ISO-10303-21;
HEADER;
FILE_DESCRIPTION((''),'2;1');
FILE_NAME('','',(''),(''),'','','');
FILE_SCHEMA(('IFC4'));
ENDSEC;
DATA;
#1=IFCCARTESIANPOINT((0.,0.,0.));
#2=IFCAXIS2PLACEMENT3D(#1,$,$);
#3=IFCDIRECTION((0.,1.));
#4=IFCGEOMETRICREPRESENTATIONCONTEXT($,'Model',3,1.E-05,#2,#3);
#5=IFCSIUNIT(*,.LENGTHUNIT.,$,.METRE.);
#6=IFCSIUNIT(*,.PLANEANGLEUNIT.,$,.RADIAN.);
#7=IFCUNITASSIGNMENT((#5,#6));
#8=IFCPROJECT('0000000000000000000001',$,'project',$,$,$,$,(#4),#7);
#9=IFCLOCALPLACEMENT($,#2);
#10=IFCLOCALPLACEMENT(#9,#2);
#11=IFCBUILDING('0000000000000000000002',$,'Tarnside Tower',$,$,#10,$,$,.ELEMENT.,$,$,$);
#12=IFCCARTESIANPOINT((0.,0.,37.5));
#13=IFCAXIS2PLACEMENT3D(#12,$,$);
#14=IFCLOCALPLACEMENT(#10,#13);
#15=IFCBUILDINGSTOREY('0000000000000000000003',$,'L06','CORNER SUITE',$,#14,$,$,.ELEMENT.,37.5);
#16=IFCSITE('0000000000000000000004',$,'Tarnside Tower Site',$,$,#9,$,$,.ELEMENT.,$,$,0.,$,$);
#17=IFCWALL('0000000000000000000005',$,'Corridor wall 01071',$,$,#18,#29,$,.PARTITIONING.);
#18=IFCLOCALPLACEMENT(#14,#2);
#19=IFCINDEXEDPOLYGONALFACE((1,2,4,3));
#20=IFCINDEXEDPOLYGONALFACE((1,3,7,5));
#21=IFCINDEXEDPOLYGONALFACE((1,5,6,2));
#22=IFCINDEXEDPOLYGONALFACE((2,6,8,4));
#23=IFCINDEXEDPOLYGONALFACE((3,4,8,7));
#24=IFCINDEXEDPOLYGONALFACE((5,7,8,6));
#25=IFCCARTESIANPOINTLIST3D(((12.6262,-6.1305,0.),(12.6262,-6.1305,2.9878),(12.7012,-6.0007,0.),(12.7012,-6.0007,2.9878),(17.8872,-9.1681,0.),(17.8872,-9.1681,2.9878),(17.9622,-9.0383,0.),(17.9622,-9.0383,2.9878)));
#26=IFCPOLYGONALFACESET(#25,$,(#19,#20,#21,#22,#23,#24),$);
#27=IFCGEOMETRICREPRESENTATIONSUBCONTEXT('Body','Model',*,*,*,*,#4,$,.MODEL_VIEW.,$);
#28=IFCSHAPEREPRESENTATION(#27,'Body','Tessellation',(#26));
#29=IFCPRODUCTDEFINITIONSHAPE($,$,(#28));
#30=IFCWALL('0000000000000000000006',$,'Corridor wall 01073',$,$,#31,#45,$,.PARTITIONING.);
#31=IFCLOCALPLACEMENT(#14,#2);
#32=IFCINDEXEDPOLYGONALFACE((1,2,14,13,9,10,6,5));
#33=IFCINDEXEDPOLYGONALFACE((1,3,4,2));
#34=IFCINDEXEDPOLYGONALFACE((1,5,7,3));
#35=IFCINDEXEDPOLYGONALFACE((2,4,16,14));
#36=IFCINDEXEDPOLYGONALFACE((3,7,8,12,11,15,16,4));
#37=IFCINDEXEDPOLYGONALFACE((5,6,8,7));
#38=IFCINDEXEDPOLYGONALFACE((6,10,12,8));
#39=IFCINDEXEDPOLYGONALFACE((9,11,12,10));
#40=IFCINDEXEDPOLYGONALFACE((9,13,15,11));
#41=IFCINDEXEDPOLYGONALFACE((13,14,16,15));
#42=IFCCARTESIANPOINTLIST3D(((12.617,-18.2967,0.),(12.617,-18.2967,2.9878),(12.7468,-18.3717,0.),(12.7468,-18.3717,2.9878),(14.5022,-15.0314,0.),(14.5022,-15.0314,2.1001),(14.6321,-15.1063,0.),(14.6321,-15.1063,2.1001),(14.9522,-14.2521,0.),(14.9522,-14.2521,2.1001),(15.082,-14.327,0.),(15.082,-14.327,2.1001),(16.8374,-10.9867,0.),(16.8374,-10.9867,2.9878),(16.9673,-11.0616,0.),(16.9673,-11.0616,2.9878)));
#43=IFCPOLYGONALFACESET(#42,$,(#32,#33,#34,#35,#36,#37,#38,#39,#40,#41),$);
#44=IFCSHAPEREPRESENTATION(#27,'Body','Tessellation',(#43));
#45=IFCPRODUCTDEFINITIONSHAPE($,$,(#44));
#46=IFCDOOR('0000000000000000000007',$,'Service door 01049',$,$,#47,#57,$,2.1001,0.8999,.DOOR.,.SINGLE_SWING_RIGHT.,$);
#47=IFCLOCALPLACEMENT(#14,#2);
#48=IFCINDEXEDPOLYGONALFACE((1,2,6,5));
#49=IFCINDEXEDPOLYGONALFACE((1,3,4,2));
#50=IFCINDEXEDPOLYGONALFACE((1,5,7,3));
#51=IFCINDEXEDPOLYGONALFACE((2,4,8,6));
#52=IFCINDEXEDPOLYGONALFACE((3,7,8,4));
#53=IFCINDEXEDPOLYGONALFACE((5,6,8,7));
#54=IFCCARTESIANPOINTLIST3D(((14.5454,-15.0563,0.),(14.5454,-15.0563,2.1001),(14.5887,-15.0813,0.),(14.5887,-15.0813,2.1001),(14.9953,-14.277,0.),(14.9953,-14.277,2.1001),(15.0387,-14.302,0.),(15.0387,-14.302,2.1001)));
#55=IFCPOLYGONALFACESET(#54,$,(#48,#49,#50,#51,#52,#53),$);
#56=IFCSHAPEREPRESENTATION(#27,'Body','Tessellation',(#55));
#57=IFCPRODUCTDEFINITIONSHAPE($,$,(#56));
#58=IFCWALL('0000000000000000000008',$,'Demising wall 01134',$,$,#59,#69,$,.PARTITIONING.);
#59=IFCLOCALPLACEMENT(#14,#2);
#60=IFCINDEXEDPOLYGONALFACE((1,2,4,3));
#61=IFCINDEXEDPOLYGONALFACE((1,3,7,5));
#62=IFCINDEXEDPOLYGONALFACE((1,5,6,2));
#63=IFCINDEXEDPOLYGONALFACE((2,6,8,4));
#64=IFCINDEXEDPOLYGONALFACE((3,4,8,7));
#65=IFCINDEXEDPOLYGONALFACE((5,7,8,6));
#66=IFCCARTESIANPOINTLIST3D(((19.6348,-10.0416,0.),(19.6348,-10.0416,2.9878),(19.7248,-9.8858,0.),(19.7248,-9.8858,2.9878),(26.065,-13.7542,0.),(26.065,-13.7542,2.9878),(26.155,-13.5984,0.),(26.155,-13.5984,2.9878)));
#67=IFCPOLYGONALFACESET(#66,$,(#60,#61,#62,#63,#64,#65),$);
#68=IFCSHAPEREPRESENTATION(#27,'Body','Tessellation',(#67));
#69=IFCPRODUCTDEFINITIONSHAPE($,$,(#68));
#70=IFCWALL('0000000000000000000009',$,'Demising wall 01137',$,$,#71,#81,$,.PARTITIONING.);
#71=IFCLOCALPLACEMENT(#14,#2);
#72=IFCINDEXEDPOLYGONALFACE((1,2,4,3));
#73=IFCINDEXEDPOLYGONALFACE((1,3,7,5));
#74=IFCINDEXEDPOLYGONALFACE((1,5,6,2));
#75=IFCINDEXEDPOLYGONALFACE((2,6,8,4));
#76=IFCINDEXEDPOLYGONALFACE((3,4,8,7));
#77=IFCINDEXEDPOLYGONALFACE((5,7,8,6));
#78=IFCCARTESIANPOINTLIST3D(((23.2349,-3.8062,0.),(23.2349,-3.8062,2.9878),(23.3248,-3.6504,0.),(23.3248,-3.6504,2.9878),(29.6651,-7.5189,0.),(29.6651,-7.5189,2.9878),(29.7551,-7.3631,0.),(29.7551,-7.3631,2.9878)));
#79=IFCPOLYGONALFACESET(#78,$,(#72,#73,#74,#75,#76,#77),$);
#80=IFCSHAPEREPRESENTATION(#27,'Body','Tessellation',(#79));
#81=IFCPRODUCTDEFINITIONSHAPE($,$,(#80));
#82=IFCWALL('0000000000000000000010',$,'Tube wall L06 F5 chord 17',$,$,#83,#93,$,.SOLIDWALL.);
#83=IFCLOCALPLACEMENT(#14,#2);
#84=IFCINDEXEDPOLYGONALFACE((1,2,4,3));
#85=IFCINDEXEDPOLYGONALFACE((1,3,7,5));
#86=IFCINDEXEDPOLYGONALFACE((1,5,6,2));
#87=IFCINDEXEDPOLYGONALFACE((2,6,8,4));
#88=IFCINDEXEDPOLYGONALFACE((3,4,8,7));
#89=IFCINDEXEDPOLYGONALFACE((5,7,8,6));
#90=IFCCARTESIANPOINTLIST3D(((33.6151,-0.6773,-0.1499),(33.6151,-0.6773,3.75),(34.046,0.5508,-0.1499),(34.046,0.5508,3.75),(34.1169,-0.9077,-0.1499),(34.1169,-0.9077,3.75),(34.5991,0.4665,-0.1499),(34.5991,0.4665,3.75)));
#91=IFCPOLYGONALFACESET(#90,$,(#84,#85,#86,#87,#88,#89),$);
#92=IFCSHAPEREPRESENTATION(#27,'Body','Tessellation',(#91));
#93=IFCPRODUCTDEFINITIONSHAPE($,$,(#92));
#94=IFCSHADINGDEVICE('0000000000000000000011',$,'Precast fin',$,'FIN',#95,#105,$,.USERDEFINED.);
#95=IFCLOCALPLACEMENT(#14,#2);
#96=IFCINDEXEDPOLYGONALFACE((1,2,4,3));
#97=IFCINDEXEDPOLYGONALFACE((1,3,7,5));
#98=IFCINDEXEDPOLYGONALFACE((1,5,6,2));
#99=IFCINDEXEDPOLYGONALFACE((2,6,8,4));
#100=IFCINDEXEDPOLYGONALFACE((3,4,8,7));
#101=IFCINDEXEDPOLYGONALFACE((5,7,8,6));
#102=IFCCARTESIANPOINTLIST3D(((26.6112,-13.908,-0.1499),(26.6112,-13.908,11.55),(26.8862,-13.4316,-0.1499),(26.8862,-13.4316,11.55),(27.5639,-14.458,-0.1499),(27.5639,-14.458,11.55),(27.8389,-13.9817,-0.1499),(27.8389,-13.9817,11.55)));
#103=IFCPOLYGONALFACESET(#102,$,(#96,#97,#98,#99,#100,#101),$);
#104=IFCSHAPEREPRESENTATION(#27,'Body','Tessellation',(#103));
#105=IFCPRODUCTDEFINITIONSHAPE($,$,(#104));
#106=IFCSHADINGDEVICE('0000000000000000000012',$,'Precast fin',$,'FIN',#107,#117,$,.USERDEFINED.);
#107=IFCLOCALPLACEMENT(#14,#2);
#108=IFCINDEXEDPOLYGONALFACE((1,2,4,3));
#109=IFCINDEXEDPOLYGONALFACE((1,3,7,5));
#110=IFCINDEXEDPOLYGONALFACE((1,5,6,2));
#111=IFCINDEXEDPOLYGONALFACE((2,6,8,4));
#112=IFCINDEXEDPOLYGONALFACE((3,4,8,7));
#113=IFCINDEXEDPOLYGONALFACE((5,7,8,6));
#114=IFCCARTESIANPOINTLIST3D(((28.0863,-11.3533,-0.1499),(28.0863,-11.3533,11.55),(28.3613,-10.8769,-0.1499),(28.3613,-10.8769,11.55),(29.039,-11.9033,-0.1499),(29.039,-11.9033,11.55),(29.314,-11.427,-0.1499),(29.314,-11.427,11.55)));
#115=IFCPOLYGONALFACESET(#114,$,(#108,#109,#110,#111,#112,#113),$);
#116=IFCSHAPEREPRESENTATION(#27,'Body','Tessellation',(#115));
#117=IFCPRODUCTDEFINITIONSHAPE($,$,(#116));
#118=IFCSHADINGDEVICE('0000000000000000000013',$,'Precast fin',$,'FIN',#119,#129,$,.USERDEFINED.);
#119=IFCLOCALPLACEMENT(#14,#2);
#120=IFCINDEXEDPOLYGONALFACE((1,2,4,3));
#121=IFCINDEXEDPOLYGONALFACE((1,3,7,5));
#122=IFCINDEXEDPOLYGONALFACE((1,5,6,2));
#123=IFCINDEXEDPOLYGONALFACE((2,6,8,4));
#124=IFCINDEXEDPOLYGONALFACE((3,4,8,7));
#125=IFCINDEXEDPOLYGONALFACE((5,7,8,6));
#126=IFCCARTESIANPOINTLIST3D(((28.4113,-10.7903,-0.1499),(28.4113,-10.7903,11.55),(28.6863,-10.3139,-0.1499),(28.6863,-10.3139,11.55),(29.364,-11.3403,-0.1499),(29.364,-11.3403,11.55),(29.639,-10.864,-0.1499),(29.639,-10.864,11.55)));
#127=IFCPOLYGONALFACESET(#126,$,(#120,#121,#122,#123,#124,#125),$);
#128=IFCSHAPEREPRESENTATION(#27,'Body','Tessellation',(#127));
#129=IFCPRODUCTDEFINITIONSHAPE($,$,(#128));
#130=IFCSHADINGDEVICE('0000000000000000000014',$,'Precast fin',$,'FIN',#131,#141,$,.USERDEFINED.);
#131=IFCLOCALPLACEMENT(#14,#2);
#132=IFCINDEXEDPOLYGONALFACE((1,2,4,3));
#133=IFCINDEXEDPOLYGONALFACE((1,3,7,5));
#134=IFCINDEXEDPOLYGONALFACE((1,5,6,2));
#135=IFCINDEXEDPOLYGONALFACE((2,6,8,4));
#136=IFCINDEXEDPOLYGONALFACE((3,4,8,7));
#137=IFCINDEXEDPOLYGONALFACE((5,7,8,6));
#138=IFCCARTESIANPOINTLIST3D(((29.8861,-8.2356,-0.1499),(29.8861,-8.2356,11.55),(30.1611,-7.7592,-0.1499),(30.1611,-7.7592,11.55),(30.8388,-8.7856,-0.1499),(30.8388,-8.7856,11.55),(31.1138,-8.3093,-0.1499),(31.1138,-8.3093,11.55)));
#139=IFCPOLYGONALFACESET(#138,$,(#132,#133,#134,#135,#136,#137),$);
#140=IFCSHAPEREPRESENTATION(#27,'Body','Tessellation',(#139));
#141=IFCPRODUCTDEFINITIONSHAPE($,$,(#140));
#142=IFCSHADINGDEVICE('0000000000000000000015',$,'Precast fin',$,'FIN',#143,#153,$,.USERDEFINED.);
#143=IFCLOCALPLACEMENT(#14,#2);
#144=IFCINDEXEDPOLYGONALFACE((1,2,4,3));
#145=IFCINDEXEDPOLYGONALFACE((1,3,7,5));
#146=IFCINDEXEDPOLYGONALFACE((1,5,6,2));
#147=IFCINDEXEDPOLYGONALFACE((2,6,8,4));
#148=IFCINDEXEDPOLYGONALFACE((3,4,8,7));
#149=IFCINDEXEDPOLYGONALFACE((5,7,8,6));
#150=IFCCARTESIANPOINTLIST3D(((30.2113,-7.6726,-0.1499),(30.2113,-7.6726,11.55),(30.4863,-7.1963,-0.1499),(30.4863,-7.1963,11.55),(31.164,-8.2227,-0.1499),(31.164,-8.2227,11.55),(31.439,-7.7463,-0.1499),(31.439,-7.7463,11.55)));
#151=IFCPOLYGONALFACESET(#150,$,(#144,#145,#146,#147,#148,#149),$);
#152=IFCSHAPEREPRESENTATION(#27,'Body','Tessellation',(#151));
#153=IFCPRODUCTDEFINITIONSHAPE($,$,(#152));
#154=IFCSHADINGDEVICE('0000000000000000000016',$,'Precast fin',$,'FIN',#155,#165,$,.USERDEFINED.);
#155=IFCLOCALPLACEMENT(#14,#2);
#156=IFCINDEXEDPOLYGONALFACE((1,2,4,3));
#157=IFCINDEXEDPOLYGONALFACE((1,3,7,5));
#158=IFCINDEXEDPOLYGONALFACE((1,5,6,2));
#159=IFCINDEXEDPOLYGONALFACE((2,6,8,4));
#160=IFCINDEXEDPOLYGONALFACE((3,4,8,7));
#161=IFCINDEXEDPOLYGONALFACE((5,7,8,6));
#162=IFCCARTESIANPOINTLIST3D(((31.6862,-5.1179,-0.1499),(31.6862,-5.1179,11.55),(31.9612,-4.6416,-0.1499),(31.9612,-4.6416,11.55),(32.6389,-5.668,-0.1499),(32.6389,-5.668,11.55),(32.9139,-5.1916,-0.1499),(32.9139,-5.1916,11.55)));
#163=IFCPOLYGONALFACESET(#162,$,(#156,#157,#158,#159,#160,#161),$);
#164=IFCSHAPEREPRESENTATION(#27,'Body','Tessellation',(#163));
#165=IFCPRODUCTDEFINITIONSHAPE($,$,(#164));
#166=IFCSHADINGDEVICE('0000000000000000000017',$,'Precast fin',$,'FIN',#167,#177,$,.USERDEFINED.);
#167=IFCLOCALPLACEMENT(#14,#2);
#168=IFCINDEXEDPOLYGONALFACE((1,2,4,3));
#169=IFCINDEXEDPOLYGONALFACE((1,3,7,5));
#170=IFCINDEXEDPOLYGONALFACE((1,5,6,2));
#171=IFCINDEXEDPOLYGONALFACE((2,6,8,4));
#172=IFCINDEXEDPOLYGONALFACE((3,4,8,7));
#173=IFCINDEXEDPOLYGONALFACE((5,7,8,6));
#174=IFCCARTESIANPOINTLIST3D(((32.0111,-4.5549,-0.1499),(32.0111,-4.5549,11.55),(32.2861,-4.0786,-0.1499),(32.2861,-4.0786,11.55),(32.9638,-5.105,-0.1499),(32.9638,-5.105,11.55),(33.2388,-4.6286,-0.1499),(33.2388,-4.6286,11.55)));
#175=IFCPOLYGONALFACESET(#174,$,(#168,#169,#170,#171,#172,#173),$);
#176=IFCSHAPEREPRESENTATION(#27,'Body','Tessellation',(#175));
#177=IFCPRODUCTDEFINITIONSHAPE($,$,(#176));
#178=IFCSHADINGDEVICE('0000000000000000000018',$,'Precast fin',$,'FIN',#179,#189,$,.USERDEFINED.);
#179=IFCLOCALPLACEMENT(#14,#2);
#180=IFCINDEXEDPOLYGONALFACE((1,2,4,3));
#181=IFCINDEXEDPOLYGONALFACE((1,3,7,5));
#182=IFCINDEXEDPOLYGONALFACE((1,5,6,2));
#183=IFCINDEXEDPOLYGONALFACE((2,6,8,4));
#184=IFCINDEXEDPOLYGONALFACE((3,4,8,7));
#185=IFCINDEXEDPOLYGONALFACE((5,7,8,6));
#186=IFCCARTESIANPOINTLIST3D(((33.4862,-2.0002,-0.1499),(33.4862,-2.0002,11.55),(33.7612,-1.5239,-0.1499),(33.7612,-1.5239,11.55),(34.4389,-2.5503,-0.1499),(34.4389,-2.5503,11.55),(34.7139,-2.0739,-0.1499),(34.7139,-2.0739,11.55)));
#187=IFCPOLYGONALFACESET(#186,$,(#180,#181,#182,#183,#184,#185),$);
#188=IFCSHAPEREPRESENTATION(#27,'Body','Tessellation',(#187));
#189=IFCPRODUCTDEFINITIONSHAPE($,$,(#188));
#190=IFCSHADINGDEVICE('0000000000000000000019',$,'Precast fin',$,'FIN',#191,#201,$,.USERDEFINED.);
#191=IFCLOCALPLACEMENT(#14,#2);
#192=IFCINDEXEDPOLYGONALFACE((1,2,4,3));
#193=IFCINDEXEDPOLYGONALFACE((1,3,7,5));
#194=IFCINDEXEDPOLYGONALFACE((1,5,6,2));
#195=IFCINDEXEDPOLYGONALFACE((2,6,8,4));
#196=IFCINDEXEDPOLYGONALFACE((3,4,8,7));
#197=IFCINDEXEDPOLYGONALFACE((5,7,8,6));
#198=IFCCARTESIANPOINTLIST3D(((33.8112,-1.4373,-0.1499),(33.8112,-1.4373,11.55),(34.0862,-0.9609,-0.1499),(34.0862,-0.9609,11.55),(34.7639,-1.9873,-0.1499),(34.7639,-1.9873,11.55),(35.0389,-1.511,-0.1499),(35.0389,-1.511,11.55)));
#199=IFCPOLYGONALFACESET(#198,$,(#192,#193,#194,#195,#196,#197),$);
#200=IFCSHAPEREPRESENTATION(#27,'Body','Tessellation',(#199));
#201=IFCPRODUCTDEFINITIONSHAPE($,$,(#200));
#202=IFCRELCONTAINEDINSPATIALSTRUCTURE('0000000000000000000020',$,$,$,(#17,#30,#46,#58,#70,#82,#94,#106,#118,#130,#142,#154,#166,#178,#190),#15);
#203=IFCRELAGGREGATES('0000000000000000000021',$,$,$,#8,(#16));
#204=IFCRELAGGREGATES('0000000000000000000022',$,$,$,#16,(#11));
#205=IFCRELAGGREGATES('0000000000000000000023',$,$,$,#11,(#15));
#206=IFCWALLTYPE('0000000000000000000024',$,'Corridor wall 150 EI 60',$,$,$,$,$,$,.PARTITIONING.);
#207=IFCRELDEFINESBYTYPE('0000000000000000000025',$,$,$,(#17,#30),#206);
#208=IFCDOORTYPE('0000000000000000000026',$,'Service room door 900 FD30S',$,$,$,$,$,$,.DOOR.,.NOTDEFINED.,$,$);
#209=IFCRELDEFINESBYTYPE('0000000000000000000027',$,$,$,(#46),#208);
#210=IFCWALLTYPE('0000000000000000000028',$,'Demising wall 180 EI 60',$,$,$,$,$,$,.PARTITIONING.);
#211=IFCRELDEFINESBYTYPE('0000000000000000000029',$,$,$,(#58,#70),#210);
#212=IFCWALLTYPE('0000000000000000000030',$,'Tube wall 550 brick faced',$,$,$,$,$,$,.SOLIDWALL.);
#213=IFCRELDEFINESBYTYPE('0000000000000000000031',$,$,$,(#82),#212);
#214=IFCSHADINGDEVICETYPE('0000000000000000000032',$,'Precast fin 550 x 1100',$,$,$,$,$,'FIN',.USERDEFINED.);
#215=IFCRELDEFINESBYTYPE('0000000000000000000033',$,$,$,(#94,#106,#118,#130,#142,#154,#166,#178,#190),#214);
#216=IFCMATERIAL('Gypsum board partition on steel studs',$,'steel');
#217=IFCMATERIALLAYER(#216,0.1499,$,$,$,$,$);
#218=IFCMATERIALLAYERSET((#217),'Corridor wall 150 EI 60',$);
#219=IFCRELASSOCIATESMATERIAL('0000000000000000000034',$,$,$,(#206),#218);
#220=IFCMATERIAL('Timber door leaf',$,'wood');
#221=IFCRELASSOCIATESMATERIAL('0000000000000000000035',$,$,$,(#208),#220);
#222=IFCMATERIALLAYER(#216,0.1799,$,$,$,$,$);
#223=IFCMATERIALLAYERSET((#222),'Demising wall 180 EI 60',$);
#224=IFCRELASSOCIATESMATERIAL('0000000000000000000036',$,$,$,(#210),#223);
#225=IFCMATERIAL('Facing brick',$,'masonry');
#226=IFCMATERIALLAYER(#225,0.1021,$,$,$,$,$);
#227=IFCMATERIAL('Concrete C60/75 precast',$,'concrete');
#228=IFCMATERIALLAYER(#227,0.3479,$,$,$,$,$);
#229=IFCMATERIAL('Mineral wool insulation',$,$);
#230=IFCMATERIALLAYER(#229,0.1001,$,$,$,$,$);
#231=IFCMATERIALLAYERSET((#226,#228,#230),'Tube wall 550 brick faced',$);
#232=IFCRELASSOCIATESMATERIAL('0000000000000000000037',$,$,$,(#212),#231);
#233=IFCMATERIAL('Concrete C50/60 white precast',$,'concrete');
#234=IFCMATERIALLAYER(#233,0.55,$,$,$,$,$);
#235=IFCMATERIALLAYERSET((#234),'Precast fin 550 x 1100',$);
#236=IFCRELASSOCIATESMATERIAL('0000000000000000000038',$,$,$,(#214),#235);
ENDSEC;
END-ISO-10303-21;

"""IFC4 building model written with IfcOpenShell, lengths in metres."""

from ifc_helpers import new_model, si_unit, direction, frame, frame_2d, origin, place, context, subcontext, project, spatial, polyline, rectangle, outline, extrude, material, layer, layer_set, type_object, element, fill, save


model = new_model("IFC4")

# Units and contexts
model_context = context("Model", 3, precision=1e-05, world=origin(), true_north=direction((0.0, 1.0)))
body_context = subcontext(model_context, "Body", "Model", "MODEL_VIEW")
ifc_project = project(units=[si_unit("LENGTHUNIT", "METRE"), si_unit("PLANEANGLEUNIT", "RADIAN")], contexts=[model_context])

# Site, building, storey
site_placement = place(None, origin())
site = spatial("IfcSite", under=ifc_project, at=site_placement, Name="Tarnside Tower Site", CompositionType="ELEMENT", RefElevation=0.0)
building_placement = place(site_placement, origin())
building = spatial("IfcBuilding", under=site, at=building_placement, Name="Tarnside Tower", CompositionType="ELEMENT")
storey_placement = place(building_placement, frame((0.0, 0.0, 37.5)))
storey = spatial("IfcBuildingStorey", under=building, at=storey_placement, Name="L06", Description="CORNER SUITE", CompositionType="ELEMENT", Elevation=37.5)

# Shared definitions
ifc_material_1 = material(Name="Gypsum board partition on steel studs", Category="steel")
ifc_material_2 = material(Name="Timber door leaf", Category="wood")

# Wall
ifc_layer_1 = layer(ifc_material_1, 0.1499)
ifc_layer_set_1 = layer_set([ifc_layer_1], Name="Corridor wall 150 EI 60")
wall_type_1 = type_object("IfcWallType", Name="Corridor wall 150 EI 60", PredefinedType="PARTITIONING", material=ifc_layer_set_1)
wall_1_placement = place(storey_placement, frame((17.9248, -9.1033, 0.0), z_axis=(0.0, 0.0, 1.0), x_axis=(-0.866014, 0.50002, 0.0)))
element("IfcWall", 1, at=wall_1_placement, inside=storey, type_object=wall_type_1, Name="Corridor wall 01071", PredefinedType="PARTITIONING", context=body_context, shape_type="SweptSolid", body=[
    extrude(rectangle(XDim=6.075, YDim=0.1499, at=frame_2d((3.0376, 0.0))), origin(), (0.0, 0.0, 1.0), 2.9878),
])

# Wall, opening, door
wall_2_placement = place(storey_placement, frame((16.9023, -11.0242, 0.0), z_axis=(0.0, 0.0, 1.0), x_axis=(-0.5, -0.866026, 0.0)))
wall_2 = element("IfcWall", 2, at=wall_2_placement, inside=storey, type_object=wall_type_1, Name="Corridor wall 01073", PredefinedType="PARTITIONING", context=body_context, shape_type="SweptSolid", body=[
    extrude(rectangle(XDim=8.4409, YDim=0.1499, at=frame_2d((4.2205, 0.0))), origin(), (0.0, 0.0, 1.0), 2.9878),
])
opening_1_placement = place(wall_2_placement, frame((3.7705, 0.0, 0.0)))
opening_1 = element("IfcOpeningElement", 3, at=opening_1_placement, cuts=wall_2, PredefinedType="OPENING", context=body_context, shape_type="SweptSolid", body=[
    extrude(rectangle(XDim=0.8999, YDim=2.1001, at=frame_2d((0.45, 1.05))), frame((0.0, 0.085, 0.0), z_axis=(0.0, -1.0, 0.0), x_axis=(1.0, 0.0, 0.0)), (0.0, 0.0, 1.0), 0.1699),
])
door_type_1 = type_object("IfcDoorType", Name="Service room door 900 FD30S", OperationType="NOTDEFINED", PredefinedType="DOOR", material=ifc_material_2)
door_1_placement = place(opening_1_placement, origin())
door_1 = element("IfcDoor", 4, at=door_1_placement, inside=storey, type_object=door_type_1, Name="Service door 01049", OperationType="SINGLE_SWING_RIGHT", OverallHeight=2.1001, OverallWidth=0.8999, PredefinedType="DOOR", context=body_context, shape_type="SweptSolid", body=[
    extrude(rectangle(XDim=0.8999, YDim=2.1001, at=frame_2d((0.45, 1.05))), frame((0.0, 0.0249, 0.0), z_axis=(0.0, -1.0, 0.0), x_axis=(1.0, 0.0, 0.0)), (0.0, 0.0, 1.0), 0.05),
])
fill(opening_1, door_1)

# Walls
ifc_layer_2 = layer(ifc_material_1, 0.1799)
ifc_layer_set_2 = layer_set([ifc_layer_2], Name="Demising wall 180 EI 60")
wall_type_2 = type_object("IfcWallType", Name="Demising wall 180 EI 60", PredefinedType="PARTITIONING", material=ifc_layer_set_2)
for number, where, z_axis, x_axis, name in (
    (5, (26.1099, -13.6763, 0.0), (0.0, 0.0, 1.0), (-0.866015, 0.500018, 0.0), "Demising wall 01134"),
    (6, (29.71, -7.4409, 0.0), (0.0, 0.0, 1.0), (-0.866015, 0.500018, 0.0), "Demising wall 01137"),
):
    element("IfcWall", number, at=place(storey_placement, frame(where, z_axis=z_axis, x_axis=x_axis)), inside=storey, type_object=wall_type_2, Name=name, PredefinedType="PARTITIONING", context=body_context, shape_type="SweptSolid", body=[
        extrude(rectangle(XDim=7.425, YDim=0.1799, at=frame_2d((3.7124, 0.0))), origin(), (0.0, 0.0, 1.0), 2.9878),
    ])
ifc_material_3 = material(Name="Facing brick", Category="masonry")
ifc_layer_3 = layer(ifc_material_3, 0.1021)
ifc_material_4 = material(Name="Concrete C60/75 precast", Category="concrete")
ifc_layer_4 = layer(ifc_material_4, 0.3479)
ifc_material_5 = material(Name="Mineral wool insulation")
ifc_layer_5 = layer(ifc_material_5, 0.1001)
ifc_layer_set_3 = layer_set([ifc_layer_3, ifc_layer_4, ifc_layer_5], Name="Tube wall 550 brick faced")
wall_type_3 = type_object("IfcWallType", Name="Tube wall 550 brick faced", PredefinedType="SOLIDWALL", material=ifc_layer_set_3)
wall_3_placement = place(storey_placement, frame((33.866, -0.7925, -0.1499), z_axis=(0.0, 0.0, 1.0), x_axis=(0.331115, 0.94359, 0.0)))
element("IfcWall", 7, at=wall_3_placement, inside=storey, type_object=wall_type_3, Name="Tube wall L06 F5 chord 17", PredefinedType="SOLIDWALL", context=body_context, shape_type="SweptSolid", body=[
    extrude(outline(polyline([(-0.0256, -0.2749), (1.4307, -0.2749), (1.3271, 0.2749), (0.0256, 0.2749), (-0.0256, -0.2749)])), origin(), (0.0, 0.0, 1.0), 3.8999),
])

# Shading devices
ifc_material_6 = material(Name="Concrete C50/60 white precast", Category="concrete")
ifc_layer_6 = layer(ifc_material_6, 0.55)
ifc_layer_set_4 = layer_set([ifc_layer_6], Name="Precast fin 550 x 1100")
shading_device_type_1 = type_object("IfcShadingDeviceType", Name="Precast fin 550 x 1100", ElementType="FIN", PredefinedType="USERDEFINED", material=ifc_layer_set_4)
for number, where, z_axis, x_axis, name in (
    (8, (26.7488, -13.6697, -0.1499), (-0.5, -0.866025, 0.0), (0.866025, -0.5, 0.0), "Precast fin"),
    (9, (28.2239, -11.115, -0.1499), (-0.5, -0.866025, 0.0), (0.866025, -0.5, 0.0), "Precast fin"),
    (10, (28.5488, -10.552, -0.1499), (-0.5, -0.866025, 0.0), (0.866025, -0.5, 0.0), "Precast fin"),
    (11, (30.0237, -7.9973, -0.1499), (-0.5, -0.866025, 0.0), (0.866025, -0.5, 0.0), "Precast fin"),
    (12, (30.3489, -7.4343, -0.1499), (-0.5, -0.866025, 0.0), (0.866025, -0.5, 0.0), "Precast fin"),
    (13, (31.8237, -4.8796, -0.1499), (-0.5, -0.866025, 0.0), (0.866025, -0.5, 0.0), "Precast fin"),
    (14, (32.1487, -4.3167, -0.1499), (-0.5, -0.866025, 0.0), (0.866025, -0.5, 0.0), "Precast fin"),
    (15, (33.6238, -1.762, -0.1499), (-0.5, -0.866025, 0.0), (0.866025, -0.5, 0.0), "Precast fin"),
    (16, (33.9487, -1.199, -0.1499), (-0.5, -0.866025, 0.0), (0.866025, -0.5, 0.0), "Precast fin"),
):
    element("IfcShadingDevice", number, at=place(storey_placement, frame(where, z_axis=z_axis, x_axis=x_axis)), inside=storey, type_object=shading_device_type_1, Name=name, ObjectType="FIN", PredefinedType="USERDEFINED", context=body_context, shape_type="SweptSolid", body=[
        extrude(outline(polyline([(0.0, 0.0), (1.1001, 0.0), (1.1001, 11.7), (0.0, 11.7), (0.0, 0.0)])), frame((0.0, 0.0, -0.2749)), (0.0, 0.0, 1.0), 0.55),
    ])

save(model, "model.ifc")
